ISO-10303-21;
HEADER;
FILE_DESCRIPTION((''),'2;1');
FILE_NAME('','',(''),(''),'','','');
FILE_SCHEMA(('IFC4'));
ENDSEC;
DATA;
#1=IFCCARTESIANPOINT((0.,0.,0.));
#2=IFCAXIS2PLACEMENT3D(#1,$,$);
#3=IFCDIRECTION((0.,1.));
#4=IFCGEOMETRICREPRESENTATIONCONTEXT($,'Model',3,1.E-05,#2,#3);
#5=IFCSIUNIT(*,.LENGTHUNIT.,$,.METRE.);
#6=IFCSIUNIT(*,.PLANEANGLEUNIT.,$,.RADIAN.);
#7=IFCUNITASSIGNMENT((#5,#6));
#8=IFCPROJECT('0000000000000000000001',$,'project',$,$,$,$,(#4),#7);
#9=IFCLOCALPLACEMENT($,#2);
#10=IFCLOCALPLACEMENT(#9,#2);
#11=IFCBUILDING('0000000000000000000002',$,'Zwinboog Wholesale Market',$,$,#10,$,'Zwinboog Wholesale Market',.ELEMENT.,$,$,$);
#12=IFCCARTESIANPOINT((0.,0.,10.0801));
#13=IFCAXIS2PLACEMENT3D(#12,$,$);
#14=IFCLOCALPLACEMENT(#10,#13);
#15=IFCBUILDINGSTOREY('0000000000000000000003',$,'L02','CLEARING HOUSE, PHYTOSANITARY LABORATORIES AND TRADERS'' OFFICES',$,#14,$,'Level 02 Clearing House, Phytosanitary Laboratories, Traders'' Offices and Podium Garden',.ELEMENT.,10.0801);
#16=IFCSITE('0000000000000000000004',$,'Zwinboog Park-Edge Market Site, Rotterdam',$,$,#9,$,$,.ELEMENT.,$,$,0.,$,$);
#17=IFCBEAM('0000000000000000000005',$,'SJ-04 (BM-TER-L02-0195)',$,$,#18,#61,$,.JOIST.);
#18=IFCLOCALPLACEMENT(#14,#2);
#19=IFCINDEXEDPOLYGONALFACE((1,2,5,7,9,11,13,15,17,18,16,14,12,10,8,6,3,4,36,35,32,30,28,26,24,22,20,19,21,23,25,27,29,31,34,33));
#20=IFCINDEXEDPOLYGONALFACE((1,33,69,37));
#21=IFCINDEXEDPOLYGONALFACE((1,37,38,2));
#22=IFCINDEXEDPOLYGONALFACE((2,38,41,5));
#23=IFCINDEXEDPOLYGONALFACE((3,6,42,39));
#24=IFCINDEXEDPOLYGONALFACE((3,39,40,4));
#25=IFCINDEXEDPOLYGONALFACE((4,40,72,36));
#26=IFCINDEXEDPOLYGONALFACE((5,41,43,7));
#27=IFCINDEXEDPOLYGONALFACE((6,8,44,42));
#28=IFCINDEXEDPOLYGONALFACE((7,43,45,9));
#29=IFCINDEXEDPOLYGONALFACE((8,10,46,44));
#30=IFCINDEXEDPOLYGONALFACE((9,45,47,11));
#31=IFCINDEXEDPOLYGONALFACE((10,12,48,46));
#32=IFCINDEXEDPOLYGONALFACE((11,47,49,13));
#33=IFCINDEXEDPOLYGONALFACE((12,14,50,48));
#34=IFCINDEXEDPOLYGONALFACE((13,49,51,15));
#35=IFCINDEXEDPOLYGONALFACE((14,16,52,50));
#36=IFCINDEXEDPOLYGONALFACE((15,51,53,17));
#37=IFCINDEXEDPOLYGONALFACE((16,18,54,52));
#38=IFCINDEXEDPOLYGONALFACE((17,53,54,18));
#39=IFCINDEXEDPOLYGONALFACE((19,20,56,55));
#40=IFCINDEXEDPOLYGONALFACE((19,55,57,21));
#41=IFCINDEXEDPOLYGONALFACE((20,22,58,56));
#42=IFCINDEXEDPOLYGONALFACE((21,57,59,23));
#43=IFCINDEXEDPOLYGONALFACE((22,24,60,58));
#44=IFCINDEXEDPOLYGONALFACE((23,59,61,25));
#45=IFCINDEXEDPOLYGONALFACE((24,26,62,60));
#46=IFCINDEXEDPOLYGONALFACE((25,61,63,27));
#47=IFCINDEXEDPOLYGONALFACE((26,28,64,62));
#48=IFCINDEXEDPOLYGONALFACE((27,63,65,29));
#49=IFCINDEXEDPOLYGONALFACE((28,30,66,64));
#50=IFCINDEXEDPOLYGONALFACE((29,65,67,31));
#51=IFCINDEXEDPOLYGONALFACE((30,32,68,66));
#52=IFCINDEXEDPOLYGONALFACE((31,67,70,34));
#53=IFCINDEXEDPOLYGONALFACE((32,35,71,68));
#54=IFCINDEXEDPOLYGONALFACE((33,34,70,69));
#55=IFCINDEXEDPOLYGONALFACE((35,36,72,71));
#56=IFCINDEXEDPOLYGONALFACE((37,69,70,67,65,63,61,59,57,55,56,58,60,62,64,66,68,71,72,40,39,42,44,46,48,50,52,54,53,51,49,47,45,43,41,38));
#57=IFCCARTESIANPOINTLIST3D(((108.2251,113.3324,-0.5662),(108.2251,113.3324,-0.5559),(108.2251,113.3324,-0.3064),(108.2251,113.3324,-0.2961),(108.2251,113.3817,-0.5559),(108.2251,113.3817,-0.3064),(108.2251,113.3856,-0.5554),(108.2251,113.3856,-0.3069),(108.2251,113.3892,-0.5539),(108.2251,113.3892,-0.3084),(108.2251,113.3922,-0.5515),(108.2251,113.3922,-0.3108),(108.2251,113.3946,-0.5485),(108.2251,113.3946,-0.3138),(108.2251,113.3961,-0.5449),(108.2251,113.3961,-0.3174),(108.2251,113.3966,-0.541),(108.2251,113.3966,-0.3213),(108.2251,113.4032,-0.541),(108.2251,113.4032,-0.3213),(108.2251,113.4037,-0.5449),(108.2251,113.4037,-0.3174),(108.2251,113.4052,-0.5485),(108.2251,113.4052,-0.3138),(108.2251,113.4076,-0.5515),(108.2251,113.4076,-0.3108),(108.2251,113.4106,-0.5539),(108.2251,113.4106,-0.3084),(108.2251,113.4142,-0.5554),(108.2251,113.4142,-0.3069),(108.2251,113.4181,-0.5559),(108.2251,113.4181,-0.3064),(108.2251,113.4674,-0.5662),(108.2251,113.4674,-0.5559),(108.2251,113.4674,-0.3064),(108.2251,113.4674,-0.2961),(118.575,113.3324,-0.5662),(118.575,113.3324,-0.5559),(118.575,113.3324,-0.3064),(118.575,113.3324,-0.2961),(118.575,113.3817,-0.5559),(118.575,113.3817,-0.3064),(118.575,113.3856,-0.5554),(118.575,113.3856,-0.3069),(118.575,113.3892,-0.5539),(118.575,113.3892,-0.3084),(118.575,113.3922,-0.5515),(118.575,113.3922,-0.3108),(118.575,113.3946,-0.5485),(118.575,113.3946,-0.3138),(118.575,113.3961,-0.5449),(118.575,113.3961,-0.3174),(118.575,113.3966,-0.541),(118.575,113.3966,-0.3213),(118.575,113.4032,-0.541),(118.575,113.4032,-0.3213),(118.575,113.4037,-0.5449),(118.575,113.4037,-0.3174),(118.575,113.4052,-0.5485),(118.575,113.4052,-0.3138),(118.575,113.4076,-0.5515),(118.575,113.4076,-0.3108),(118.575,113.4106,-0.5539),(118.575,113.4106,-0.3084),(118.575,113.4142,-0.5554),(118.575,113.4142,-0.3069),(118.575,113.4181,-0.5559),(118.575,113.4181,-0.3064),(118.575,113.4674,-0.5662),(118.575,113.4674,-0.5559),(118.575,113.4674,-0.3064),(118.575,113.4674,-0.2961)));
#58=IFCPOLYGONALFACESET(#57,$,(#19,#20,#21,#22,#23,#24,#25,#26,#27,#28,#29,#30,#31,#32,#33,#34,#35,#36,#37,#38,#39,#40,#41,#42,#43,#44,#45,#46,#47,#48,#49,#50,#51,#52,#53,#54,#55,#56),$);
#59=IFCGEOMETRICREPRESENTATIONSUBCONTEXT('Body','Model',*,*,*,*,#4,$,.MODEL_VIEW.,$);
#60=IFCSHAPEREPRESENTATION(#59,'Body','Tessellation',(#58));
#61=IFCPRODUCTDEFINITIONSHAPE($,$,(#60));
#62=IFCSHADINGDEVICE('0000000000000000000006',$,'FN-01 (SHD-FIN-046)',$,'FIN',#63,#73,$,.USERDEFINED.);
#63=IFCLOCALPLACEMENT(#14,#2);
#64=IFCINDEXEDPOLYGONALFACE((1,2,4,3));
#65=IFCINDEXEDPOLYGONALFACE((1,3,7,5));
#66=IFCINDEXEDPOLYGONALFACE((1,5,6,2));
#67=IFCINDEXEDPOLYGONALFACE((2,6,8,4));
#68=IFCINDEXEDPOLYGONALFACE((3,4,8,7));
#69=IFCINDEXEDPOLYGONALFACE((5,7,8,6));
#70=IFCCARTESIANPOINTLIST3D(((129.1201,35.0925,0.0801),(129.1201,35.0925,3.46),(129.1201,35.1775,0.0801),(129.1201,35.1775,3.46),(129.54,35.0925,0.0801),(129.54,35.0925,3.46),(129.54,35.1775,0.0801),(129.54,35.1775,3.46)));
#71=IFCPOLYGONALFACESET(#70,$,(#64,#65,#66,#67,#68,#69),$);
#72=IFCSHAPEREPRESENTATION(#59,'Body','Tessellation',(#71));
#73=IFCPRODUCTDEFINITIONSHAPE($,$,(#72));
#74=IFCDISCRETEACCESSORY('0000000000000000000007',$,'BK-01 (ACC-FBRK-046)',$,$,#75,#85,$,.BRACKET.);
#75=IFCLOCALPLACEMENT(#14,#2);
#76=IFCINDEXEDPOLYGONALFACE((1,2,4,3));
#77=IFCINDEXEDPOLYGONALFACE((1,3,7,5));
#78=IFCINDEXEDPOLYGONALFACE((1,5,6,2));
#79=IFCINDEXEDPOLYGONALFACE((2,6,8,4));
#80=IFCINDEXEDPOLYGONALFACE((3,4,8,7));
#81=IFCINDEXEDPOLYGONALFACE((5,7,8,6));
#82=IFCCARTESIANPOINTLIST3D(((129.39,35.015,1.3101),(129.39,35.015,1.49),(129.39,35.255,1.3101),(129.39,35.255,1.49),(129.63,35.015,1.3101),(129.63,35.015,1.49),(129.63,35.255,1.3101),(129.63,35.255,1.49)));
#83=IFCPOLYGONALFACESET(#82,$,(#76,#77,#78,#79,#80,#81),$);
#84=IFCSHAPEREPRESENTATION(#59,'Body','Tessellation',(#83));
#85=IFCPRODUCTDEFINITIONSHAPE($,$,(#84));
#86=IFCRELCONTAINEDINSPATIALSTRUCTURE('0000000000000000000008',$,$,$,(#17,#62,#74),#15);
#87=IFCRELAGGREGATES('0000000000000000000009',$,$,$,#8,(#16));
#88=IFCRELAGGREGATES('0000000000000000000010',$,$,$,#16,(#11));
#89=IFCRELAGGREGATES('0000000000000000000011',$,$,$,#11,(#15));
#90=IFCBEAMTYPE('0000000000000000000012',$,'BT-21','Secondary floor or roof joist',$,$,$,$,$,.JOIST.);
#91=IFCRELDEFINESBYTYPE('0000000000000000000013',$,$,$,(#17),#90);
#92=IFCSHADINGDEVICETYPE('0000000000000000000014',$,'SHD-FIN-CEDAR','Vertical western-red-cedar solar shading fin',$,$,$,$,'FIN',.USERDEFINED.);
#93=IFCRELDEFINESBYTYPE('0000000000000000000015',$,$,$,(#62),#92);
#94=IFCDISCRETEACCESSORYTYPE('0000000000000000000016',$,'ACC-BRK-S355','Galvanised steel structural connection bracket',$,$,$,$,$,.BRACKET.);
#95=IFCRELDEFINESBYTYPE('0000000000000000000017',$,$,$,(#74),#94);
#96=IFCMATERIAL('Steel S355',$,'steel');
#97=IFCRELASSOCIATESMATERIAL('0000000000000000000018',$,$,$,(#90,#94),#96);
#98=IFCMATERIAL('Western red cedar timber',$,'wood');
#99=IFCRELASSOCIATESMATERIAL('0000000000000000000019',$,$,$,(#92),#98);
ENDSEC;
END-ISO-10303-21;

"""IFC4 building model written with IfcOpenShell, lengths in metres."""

from ifc_helpers import new_model, si_unit, direction, frame, origin, origin_2d, place, context, subcontext, project, spatial, rectangle, i_section, extrude, material, material_profile, profile_set, type_object, element, save


model = new_model("IFC4")

# Units and contexts
model_context = context("Model", 3, precision=1e-05, world=origin(), true_north=direction((0.0, 1.0)))
body_context = subcontext(model_context, "Body", "Model", "MODEL_VIEW")
ifc_project = project(units=[si_unit("LENGTHUNIT", "METRE"), si_unit("PLANEANGLEUNIT", "RADIAN")], contexts=[model_context])

# Site, building, storey
site_placement = place(None, origin())
site = spatial("IfcSite", under=ifc_project, at=site_placement, Name="Zwinboog Park-Edge Market Site, Rotterdam", CompositionType="ELEMENT", RefElevation=0.0)
building_placement = place(site_placement, origin())
building = spatial("IfcBuilding", under=site, at=building_placement, Name="Zwinboog Wholesale Market", LongName="Zwinboog Wholesale Market", CompositionType="ELEMENT")
storey_placement = place(building_placement, frame((0.0, 0.0, 10.0801)))
storey = spatial("IfcBuildingStorey", under=building, at=storey_placement, Name="L02", Description="CLEARING HOUSE, PHYTOSANITARY LABORATORIES AND TRADERS' OFFICES", LongName="Level 02 Clearing House, Phytosanitary Laboratories, Traders' Offices and Podium Garden", CompositionType="ELEMENT", Elevation=10.0801)

# Beam
ifc_material_1 = material(Name="Steel S355", Category="steel")
ifc_material_profile_1 = material_profile(ifc_material_1, i_section(OverallWidth=0.135, OverallDepth=0.27, WebThickness=0.0066, FlangeThickness=0.0103, FilletRadius=0.0149, at=origin_2d()), Name="IPE 270")
ifc_profile_set_1 = profile_set([ifc_material_profile_1], Name="Steel S355")
beam_type_1 = type_object("IfcBeamType", Name="BT-21", Description="Secondary floor or roof joist", PredefinedType="JOIST", material=ifc_profile_set_1)
beam_1_placement = place(storey_placement, frame((108.2251, 113.3999, -0.4312), z_axis=(1.0, 0.0, 0.0), x_axis=(0.0, 1.0, 0.0)))
element("IfcBeam", 1, at=beam_1_placement, inside=storey, type_object=beam_type_1, Name="SJ-04 (BM-TER-L02-0195)", PredefinedType="JOIST", context=body_context, shape_type="SweptSolid", body=[
    extrude(i_section(OverallWidth=0.135, OverallDepth=0.27, WebThickness=0.0066, FlangeThickness=0.0103, FilletRadius=0.0149, at=origin_2d()), origin(), (0.0, 0.0, 1.0), 10.3499),
])

# Shading device
ifc_material_2 = material(Name="Western red cedar timber", Category="wood")
shading_device_type = type_object("IfcShadingDeviceType", Name="SHD-FIN-CEDAR", Description="Vertical western-red-cedar solar shading fin", ElementType="FIN", PredefinedType="USERDEFINED", material=ifc_material_2)
shading_device_placement = place(storey_placement, frame((129.3301, 35.135, 0.0801), z_axis=(0.0, 0.0, 1.0), x_axis=(1.0, 0.0, 0.0)))
element("IfcShadingDevice", 2, at=shading_device_placement, inside=storey, type_object=shading_device_type, Name="FN-01 (SHD-FIN-046)", ObjectType="FIN", PredefinedType="USERDEFINED", context=body_context, shape_type="SweptSolid", body=[
    extrude(rectangle(XDim=0.4199, YDim=0.085, at=origin_2d()), origin(), (0.0, 0.0, 1.0), 3.3799),
])

# Discrete accessory
discrete_accessory_type = type_object("IfcDiscreteAccessoryType", Name="ACC-BRK-S355", Description="Galvanised steel structural connection bracket", PredefinedType="BRACKET", material=ifc_material_1)
discrete_accessory_placement = place(storey_placement, frame((129.51, 35.135, 1.3101), z_axis=(0.0, 0.0, 1.0), x_axis=(1.0, 0.0, 0.0)))
element("IfcDiscreteAccessory", 3, at=discrete_accessory_placement, inside=storey, type_object=discrete_accessory_type, Name="BK-01 (ACC-FBRK-046)", PredefinedType="BRACKET", context=body_context, shape_type="SweptSolid", body=[
    extrude(rectangle(XDim=0.24, YDim=0.24, at=origin_2d()), origin(), (0.0, 0.0, 1.0), 0.1799),
])

save(model, "model.ifc")
